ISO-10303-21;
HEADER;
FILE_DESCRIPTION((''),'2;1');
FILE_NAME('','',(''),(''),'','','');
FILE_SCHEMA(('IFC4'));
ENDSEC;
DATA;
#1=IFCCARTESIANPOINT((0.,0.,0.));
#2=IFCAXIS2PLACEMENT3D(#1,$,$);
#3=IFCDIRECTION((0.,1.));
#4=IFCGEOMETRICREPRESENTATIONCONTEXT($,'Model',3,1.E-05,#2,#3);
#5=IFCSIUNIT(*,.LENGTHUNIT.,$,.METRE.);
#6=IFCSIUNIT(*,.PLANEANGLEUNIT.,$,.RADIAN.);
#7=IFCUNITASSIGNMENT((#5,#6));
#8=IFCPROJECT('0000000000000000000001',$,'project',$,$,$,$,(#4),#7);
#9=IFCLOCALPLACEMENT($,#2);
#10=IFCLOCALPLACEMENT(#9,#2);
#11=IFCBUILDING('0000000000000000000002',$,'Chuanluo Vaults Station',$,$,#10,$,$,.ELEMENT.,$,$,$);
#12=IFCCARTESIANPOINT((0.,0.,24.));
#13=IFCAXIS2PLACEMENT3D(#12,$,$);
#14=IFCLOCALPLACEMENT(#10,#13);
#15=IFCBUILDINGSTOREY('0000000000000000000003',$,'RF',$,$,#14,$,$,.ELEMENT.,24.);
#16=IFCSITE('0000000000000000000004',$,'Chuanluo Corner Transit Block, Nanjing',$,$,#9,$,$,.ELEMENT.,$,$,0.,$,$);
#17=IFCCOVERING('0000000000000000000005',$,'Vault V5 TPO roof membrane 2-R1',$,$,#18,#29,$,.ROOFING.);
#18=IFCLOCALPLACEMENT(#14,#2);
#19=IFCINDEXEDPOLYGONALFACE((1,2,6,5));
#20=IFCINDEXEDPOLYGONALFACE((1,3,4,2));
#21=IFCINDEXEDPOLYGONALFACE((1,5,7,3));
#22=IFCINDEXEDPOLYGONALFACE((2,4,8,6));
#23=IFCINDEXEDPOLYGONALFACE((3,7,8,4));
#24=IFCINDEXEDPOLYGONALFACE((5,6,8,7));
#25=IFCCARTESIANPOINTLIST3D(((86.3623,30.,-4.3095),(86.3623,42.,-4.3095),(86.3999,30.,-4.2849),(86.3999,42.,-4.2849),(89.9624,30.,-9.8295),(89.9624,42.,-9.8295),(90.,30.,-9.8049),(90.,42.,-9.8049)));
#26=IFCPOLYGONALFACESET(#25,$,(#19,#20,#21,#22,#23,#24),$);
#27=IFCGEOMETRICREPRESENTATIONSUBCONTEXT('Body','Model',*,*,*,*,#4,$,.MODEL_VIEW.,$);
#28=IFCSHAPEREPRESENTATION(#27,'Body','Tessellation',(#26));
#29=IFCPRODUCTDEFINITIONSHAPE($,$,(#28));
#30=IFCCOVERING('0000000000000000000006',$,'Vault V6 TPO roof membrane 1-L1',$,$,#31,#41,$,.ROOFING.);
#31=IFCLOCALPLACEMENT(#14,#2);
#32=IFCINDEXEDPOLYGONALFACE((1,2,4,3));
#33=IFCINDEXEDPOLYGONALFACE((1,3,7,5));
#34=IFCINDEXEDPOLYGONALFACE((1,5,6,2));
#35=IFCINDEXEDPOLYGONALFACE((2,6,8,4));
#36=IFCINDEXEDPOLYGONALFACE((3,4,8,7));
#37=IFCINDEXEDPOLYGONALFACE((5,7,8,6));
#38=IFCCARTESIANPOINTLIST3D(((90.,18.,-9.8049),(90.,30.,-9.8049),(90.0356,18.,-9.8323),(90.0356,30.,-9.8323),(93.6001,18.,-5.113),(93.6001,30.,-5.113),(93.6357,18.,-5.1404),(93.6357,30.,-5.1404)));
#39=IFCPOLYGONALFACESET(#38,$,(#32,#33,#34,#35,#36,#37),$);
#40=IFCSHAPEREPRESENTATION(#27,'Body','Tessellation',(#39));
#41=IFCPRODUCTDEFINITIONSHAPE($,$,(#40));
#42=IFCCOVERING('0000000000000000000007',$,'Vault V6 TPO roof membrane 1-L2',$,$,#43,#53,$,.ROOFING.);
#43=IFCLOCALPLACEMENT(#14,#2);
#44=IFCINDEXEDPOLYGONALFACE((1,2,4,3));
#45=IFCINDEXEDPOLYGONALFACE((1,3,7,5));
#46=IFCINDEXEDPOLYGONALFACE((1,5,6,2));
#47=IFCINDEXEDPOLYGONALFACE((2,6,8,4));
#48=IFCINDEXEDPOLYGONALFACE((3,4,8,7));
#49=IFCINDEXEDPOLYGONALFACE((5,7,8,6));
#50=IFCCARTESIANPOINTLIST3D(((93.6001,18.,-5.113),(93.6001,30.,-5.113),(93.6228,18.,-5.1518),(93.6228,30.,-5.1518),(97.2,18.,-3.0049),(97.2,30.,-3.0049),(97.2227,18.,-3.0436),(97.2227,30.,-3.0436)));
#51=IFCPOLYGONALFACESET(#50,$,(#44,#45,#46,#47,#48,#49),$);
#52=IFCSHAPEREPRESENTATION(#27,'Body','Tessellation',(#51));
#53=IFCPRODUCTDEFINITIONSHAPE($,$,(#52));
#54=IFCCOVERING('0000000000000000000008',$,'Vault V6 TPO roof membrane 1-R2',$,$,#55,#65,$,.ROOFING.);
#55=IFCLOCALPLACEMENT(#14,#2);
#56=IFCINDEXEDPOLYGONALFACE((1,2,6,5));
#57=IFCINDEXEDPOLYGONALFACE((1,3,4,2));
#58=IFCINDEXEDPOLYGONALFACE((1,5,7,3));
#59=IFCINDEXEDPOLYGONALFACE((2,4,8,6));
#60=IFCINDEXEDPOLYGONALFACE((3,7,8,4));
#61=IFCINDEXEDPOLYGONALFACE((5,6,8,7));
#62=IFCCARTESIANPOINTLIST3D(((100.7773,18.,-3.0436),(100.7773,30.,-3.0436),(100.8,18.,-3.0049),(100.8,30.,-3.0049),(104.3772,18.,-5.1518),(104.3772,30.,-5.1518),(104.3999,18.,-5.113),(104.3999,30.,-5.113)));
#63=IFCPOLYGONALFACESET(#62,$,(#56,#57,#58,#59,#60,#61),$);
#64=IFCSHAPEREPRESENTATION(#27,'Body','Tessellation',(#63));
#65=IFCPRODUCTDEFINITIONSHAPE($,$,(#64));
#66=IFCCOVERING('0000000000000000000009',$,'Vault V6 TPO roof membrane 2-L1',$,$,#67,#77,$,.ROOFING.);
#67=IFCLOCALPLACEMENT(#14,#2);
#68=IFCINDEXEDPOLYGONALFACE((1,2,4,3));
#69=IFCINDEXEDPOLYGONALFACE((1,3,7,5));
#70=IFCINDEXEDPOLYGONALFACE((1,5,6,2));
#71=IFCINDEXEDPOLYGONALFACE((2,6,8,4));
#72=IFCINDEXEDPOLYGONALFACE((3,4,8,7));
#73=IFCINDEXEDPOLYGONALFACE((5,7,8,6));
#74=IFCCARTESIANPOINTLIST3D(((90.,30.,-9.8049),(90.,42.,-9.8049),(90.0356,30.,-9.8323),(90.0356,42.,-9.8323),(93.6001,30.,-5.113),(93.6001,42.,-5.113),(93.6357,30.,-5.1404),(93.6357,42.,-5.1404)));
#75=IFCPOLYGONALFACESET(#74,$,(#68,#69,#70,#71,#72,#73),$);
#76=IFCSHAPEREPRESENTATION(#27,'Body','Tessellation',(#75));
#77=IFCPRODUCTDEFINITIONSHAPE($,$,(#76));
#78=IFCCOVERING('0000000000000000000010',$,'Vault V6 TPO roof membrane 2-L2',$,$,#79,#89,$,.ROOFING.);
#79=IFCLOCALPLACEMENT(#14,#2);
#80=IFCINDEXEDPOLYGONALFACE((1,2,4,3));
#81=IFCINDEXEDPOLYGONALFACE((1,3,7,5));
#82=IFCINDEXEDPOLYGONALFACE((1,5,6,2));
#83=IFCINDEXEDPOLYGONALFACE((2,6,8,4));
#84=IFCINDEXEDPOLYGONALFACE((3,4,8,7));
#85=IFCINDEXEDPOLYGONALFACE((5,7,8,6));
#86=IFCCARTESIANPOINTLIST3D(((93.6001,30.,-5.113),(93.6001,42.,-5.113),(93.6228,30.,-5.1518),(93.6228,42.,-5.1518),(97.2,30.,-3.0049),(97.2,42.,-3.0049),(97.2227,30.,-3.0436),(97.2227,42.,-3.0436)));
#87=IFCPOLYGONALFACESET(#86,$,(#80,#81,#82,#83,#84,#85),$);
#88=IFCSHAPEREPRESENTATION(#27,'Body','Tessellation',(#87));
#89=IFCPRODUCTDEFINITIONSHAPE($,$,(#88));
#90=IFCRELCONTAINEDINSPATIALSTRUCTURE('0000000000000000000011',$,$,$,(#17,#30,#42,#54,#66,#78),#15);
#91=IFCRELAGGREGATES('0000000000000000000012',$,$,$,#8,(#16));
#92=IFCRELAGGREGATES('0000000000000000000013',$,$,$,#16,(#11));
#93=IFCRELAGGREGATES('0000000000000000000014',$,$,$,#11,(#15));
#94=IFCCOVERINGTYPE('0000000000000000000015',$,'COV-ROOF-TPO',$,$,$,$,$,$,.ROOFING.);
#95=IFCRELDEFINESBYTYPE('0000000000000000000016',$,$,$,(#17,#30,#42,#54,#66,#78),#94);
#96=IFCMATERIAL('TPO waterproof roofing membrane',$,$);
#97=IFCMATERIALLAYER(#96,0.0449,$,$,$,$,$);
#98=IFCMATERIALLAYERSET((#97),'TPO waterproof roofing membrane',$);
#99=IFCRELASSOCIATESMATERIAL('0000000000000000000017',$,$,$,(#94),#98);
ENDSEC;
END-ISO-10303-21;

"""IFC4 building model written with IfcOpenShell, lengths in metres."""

from ifc_helpers import new_model, si_unit, direction, frame, origin, place, context, subcontext, project, spatial, polyline, outline, extrude, material, layer, layer_set, type_object, element, save


model = new_model("IFC4")

# Units and contexts
model_context = context("Model", 3, precision=1e-05, world=origin(), true_north=direction((0.0, 1.0)))
body_context = subcontext(model_context, "Body", "Model", "MODEL_VIEW")
ifc_project = project(units=[si_unit("LENGTHUNIT", "METRE"), si_unit("PLANEANGLEUNIT", "RADIAN")], contexts=[model_context])

# Site, building, storey
site_placement = place(None, origin())
site = spatial("IfcSite", under=ifc_project, at=site_placement, Name="Chuanluo Corner Transit Block, Nanjing", CompositionType="ELEMENT", RefElevation=0.0)
building_placement = place(site_placement, origin())
building = spatial("IfcBuilding", under=site, at=building_placement, Name="Chuanluo Vaults Station", CompositionType="ELEMENT")
storey_placement = place(building_placement, frame((0.0, 0.0, 24.0)))
storey = spatial("IfcBuildingStorey", under=building, at=storey_placement, Name="RF", CompositionType="ELEMENT", Elevation=24.0)

# Coverings
ifc_material_1 = material(Name="TPO waterproof roofing membrane")
ifc_layer_1 = layer(ifc_material_1, 0.0449)
ifc_layer_set_1 = layer_set([ifc_layer_1], Name="TPO waterproof roofing membrane")
covering_type_1 = type_object("IfcCoveringType", Name="COV-ROOF-TPO", PredefinedType="ROOFING", material=ifc_layer_set_1)
covering_1_placement = place(storey_placement, frame((86.3999, 30.0, -4.2849), z_axis=(0.837605, 0.0, 0.546277), x_axis=(0.546277, 0.0, -0.837605)))
element("IfcCovering", 1, at=covering_1_placement, inside=storey, type_object=covering_type_1, Name="Vault V5 TPO roof membrane 2-R1", PredefinedType="ROOFING", context=body_context, shape_type="SweptSolid", body=[
    extrude(outline(polyline([(0.0, 0.0), (6.5902, 0.0), (6.5902, 12.0), (0.0, 12.0), (0.0, 0.0)])), origin(), (0.0, 0.0, -1.0), 0.0449),
])
covering_2_placement = place(storey_placement, frame((90.0, 18.0, -9.8049), z_axis=(-0.793363, 0.0, 0.608749), x_axis=(0.608749, 0.0, 0.793363)))
element("IfcCovering", 2, at=covering_2_placement, inside=storey, type_object=covering_type_1, Name="Vault V6 TPO roof membrane 1-L1", PredefinedType="ROOFING", context=body_context, shape_type="SweptSolid", body=[
    extrude(outline(polyline([(0.0, 0.0), (5.9139, 0.0), (5.9139, 12.0), (0.0, 12.0), (0.0, 0.0)])), origin(), (0.0, 0.0, -1.0), 0.0449),
])
for number, where, z_axis, x_axis, name in (
    (3, (93.6001, 18.0, -5.113), (-0.505344, 0.0, 0.862918), (0.862918, 0.0, 0.505344), "Vault V6 TPO roof membrane 1-L2"),
    (4, (100.8, 18.0, -3.0049), (0.505344, 0.0, 0.862918), (0.862918, 0.0, -0.505344), "Vault V6 TPO roof membrane 1-R2"),
):
    element("IfcCovering", number, at=place(storey_placement, frame(where, z_axis=z_axis, x_axis=x_axis)), inside=storey, type_object=covering_type_1, Name=name, PredefinedType="ROOFING", context=body_context, shape_type="SweptSolid", body=[
        extrude(outline(polyline([(0.0, 0.0), (4.1717, 0.0), (4.1717, 12.0), (0.0, 12.0), (0.0, 0.0)])), origin(), (0.0, 0.0, -1.0), 0.0449),
    ])
covering_3_placement = place(storey_placement, frame((90.0, 30.0, -9.8049), z_axis=(-0.793363, 0.0, 0.608749), x_axis=(0.608749, 0.0, 0.793363)))
element("IfcCovering", 5, at=covering_3_placement, inside=storey, type_object=covering_type_1, Name="Vault V6 TPO roof membrane 2-L1", PredefinedType="ROOFING", context=body_context, shape_type="SweptSolid", body=[
    extrude(outline(polyline([(0.0, 0.0), (5.9139, 0.0), (5.9139, 12.0), (0.0, 12.0), (0.0, 0.0)])), origin(), (0.0, 0.0, -1.0), 0.0449),
])
covering_4_placement = place(storey_placement, frame((93.6001, 30.0, -5.113), z_axis=(-0.505344, 0.0, 0.862918), x_axis=(0.862918, 0.0, 0.505344)))
element("IfcCovering", 6, at=covering_4_placement, inside=storey, type_object=covering_type_1, Name="Vault V6 TPO roof membrane 2-L2", PredefinedType="ROOFING", context=body_context, shape_type="SweptSolid", body=[
    extrude(outline(polyline([(0.0, 0.0), (4.1717, 0.0), (4.1717, 12.0), (0.0, 12.0), (0.0, 0.0)])), origin(), (0.0, 0.0, -1.0), 0.0449),
])

save(model, "model.ifc")
